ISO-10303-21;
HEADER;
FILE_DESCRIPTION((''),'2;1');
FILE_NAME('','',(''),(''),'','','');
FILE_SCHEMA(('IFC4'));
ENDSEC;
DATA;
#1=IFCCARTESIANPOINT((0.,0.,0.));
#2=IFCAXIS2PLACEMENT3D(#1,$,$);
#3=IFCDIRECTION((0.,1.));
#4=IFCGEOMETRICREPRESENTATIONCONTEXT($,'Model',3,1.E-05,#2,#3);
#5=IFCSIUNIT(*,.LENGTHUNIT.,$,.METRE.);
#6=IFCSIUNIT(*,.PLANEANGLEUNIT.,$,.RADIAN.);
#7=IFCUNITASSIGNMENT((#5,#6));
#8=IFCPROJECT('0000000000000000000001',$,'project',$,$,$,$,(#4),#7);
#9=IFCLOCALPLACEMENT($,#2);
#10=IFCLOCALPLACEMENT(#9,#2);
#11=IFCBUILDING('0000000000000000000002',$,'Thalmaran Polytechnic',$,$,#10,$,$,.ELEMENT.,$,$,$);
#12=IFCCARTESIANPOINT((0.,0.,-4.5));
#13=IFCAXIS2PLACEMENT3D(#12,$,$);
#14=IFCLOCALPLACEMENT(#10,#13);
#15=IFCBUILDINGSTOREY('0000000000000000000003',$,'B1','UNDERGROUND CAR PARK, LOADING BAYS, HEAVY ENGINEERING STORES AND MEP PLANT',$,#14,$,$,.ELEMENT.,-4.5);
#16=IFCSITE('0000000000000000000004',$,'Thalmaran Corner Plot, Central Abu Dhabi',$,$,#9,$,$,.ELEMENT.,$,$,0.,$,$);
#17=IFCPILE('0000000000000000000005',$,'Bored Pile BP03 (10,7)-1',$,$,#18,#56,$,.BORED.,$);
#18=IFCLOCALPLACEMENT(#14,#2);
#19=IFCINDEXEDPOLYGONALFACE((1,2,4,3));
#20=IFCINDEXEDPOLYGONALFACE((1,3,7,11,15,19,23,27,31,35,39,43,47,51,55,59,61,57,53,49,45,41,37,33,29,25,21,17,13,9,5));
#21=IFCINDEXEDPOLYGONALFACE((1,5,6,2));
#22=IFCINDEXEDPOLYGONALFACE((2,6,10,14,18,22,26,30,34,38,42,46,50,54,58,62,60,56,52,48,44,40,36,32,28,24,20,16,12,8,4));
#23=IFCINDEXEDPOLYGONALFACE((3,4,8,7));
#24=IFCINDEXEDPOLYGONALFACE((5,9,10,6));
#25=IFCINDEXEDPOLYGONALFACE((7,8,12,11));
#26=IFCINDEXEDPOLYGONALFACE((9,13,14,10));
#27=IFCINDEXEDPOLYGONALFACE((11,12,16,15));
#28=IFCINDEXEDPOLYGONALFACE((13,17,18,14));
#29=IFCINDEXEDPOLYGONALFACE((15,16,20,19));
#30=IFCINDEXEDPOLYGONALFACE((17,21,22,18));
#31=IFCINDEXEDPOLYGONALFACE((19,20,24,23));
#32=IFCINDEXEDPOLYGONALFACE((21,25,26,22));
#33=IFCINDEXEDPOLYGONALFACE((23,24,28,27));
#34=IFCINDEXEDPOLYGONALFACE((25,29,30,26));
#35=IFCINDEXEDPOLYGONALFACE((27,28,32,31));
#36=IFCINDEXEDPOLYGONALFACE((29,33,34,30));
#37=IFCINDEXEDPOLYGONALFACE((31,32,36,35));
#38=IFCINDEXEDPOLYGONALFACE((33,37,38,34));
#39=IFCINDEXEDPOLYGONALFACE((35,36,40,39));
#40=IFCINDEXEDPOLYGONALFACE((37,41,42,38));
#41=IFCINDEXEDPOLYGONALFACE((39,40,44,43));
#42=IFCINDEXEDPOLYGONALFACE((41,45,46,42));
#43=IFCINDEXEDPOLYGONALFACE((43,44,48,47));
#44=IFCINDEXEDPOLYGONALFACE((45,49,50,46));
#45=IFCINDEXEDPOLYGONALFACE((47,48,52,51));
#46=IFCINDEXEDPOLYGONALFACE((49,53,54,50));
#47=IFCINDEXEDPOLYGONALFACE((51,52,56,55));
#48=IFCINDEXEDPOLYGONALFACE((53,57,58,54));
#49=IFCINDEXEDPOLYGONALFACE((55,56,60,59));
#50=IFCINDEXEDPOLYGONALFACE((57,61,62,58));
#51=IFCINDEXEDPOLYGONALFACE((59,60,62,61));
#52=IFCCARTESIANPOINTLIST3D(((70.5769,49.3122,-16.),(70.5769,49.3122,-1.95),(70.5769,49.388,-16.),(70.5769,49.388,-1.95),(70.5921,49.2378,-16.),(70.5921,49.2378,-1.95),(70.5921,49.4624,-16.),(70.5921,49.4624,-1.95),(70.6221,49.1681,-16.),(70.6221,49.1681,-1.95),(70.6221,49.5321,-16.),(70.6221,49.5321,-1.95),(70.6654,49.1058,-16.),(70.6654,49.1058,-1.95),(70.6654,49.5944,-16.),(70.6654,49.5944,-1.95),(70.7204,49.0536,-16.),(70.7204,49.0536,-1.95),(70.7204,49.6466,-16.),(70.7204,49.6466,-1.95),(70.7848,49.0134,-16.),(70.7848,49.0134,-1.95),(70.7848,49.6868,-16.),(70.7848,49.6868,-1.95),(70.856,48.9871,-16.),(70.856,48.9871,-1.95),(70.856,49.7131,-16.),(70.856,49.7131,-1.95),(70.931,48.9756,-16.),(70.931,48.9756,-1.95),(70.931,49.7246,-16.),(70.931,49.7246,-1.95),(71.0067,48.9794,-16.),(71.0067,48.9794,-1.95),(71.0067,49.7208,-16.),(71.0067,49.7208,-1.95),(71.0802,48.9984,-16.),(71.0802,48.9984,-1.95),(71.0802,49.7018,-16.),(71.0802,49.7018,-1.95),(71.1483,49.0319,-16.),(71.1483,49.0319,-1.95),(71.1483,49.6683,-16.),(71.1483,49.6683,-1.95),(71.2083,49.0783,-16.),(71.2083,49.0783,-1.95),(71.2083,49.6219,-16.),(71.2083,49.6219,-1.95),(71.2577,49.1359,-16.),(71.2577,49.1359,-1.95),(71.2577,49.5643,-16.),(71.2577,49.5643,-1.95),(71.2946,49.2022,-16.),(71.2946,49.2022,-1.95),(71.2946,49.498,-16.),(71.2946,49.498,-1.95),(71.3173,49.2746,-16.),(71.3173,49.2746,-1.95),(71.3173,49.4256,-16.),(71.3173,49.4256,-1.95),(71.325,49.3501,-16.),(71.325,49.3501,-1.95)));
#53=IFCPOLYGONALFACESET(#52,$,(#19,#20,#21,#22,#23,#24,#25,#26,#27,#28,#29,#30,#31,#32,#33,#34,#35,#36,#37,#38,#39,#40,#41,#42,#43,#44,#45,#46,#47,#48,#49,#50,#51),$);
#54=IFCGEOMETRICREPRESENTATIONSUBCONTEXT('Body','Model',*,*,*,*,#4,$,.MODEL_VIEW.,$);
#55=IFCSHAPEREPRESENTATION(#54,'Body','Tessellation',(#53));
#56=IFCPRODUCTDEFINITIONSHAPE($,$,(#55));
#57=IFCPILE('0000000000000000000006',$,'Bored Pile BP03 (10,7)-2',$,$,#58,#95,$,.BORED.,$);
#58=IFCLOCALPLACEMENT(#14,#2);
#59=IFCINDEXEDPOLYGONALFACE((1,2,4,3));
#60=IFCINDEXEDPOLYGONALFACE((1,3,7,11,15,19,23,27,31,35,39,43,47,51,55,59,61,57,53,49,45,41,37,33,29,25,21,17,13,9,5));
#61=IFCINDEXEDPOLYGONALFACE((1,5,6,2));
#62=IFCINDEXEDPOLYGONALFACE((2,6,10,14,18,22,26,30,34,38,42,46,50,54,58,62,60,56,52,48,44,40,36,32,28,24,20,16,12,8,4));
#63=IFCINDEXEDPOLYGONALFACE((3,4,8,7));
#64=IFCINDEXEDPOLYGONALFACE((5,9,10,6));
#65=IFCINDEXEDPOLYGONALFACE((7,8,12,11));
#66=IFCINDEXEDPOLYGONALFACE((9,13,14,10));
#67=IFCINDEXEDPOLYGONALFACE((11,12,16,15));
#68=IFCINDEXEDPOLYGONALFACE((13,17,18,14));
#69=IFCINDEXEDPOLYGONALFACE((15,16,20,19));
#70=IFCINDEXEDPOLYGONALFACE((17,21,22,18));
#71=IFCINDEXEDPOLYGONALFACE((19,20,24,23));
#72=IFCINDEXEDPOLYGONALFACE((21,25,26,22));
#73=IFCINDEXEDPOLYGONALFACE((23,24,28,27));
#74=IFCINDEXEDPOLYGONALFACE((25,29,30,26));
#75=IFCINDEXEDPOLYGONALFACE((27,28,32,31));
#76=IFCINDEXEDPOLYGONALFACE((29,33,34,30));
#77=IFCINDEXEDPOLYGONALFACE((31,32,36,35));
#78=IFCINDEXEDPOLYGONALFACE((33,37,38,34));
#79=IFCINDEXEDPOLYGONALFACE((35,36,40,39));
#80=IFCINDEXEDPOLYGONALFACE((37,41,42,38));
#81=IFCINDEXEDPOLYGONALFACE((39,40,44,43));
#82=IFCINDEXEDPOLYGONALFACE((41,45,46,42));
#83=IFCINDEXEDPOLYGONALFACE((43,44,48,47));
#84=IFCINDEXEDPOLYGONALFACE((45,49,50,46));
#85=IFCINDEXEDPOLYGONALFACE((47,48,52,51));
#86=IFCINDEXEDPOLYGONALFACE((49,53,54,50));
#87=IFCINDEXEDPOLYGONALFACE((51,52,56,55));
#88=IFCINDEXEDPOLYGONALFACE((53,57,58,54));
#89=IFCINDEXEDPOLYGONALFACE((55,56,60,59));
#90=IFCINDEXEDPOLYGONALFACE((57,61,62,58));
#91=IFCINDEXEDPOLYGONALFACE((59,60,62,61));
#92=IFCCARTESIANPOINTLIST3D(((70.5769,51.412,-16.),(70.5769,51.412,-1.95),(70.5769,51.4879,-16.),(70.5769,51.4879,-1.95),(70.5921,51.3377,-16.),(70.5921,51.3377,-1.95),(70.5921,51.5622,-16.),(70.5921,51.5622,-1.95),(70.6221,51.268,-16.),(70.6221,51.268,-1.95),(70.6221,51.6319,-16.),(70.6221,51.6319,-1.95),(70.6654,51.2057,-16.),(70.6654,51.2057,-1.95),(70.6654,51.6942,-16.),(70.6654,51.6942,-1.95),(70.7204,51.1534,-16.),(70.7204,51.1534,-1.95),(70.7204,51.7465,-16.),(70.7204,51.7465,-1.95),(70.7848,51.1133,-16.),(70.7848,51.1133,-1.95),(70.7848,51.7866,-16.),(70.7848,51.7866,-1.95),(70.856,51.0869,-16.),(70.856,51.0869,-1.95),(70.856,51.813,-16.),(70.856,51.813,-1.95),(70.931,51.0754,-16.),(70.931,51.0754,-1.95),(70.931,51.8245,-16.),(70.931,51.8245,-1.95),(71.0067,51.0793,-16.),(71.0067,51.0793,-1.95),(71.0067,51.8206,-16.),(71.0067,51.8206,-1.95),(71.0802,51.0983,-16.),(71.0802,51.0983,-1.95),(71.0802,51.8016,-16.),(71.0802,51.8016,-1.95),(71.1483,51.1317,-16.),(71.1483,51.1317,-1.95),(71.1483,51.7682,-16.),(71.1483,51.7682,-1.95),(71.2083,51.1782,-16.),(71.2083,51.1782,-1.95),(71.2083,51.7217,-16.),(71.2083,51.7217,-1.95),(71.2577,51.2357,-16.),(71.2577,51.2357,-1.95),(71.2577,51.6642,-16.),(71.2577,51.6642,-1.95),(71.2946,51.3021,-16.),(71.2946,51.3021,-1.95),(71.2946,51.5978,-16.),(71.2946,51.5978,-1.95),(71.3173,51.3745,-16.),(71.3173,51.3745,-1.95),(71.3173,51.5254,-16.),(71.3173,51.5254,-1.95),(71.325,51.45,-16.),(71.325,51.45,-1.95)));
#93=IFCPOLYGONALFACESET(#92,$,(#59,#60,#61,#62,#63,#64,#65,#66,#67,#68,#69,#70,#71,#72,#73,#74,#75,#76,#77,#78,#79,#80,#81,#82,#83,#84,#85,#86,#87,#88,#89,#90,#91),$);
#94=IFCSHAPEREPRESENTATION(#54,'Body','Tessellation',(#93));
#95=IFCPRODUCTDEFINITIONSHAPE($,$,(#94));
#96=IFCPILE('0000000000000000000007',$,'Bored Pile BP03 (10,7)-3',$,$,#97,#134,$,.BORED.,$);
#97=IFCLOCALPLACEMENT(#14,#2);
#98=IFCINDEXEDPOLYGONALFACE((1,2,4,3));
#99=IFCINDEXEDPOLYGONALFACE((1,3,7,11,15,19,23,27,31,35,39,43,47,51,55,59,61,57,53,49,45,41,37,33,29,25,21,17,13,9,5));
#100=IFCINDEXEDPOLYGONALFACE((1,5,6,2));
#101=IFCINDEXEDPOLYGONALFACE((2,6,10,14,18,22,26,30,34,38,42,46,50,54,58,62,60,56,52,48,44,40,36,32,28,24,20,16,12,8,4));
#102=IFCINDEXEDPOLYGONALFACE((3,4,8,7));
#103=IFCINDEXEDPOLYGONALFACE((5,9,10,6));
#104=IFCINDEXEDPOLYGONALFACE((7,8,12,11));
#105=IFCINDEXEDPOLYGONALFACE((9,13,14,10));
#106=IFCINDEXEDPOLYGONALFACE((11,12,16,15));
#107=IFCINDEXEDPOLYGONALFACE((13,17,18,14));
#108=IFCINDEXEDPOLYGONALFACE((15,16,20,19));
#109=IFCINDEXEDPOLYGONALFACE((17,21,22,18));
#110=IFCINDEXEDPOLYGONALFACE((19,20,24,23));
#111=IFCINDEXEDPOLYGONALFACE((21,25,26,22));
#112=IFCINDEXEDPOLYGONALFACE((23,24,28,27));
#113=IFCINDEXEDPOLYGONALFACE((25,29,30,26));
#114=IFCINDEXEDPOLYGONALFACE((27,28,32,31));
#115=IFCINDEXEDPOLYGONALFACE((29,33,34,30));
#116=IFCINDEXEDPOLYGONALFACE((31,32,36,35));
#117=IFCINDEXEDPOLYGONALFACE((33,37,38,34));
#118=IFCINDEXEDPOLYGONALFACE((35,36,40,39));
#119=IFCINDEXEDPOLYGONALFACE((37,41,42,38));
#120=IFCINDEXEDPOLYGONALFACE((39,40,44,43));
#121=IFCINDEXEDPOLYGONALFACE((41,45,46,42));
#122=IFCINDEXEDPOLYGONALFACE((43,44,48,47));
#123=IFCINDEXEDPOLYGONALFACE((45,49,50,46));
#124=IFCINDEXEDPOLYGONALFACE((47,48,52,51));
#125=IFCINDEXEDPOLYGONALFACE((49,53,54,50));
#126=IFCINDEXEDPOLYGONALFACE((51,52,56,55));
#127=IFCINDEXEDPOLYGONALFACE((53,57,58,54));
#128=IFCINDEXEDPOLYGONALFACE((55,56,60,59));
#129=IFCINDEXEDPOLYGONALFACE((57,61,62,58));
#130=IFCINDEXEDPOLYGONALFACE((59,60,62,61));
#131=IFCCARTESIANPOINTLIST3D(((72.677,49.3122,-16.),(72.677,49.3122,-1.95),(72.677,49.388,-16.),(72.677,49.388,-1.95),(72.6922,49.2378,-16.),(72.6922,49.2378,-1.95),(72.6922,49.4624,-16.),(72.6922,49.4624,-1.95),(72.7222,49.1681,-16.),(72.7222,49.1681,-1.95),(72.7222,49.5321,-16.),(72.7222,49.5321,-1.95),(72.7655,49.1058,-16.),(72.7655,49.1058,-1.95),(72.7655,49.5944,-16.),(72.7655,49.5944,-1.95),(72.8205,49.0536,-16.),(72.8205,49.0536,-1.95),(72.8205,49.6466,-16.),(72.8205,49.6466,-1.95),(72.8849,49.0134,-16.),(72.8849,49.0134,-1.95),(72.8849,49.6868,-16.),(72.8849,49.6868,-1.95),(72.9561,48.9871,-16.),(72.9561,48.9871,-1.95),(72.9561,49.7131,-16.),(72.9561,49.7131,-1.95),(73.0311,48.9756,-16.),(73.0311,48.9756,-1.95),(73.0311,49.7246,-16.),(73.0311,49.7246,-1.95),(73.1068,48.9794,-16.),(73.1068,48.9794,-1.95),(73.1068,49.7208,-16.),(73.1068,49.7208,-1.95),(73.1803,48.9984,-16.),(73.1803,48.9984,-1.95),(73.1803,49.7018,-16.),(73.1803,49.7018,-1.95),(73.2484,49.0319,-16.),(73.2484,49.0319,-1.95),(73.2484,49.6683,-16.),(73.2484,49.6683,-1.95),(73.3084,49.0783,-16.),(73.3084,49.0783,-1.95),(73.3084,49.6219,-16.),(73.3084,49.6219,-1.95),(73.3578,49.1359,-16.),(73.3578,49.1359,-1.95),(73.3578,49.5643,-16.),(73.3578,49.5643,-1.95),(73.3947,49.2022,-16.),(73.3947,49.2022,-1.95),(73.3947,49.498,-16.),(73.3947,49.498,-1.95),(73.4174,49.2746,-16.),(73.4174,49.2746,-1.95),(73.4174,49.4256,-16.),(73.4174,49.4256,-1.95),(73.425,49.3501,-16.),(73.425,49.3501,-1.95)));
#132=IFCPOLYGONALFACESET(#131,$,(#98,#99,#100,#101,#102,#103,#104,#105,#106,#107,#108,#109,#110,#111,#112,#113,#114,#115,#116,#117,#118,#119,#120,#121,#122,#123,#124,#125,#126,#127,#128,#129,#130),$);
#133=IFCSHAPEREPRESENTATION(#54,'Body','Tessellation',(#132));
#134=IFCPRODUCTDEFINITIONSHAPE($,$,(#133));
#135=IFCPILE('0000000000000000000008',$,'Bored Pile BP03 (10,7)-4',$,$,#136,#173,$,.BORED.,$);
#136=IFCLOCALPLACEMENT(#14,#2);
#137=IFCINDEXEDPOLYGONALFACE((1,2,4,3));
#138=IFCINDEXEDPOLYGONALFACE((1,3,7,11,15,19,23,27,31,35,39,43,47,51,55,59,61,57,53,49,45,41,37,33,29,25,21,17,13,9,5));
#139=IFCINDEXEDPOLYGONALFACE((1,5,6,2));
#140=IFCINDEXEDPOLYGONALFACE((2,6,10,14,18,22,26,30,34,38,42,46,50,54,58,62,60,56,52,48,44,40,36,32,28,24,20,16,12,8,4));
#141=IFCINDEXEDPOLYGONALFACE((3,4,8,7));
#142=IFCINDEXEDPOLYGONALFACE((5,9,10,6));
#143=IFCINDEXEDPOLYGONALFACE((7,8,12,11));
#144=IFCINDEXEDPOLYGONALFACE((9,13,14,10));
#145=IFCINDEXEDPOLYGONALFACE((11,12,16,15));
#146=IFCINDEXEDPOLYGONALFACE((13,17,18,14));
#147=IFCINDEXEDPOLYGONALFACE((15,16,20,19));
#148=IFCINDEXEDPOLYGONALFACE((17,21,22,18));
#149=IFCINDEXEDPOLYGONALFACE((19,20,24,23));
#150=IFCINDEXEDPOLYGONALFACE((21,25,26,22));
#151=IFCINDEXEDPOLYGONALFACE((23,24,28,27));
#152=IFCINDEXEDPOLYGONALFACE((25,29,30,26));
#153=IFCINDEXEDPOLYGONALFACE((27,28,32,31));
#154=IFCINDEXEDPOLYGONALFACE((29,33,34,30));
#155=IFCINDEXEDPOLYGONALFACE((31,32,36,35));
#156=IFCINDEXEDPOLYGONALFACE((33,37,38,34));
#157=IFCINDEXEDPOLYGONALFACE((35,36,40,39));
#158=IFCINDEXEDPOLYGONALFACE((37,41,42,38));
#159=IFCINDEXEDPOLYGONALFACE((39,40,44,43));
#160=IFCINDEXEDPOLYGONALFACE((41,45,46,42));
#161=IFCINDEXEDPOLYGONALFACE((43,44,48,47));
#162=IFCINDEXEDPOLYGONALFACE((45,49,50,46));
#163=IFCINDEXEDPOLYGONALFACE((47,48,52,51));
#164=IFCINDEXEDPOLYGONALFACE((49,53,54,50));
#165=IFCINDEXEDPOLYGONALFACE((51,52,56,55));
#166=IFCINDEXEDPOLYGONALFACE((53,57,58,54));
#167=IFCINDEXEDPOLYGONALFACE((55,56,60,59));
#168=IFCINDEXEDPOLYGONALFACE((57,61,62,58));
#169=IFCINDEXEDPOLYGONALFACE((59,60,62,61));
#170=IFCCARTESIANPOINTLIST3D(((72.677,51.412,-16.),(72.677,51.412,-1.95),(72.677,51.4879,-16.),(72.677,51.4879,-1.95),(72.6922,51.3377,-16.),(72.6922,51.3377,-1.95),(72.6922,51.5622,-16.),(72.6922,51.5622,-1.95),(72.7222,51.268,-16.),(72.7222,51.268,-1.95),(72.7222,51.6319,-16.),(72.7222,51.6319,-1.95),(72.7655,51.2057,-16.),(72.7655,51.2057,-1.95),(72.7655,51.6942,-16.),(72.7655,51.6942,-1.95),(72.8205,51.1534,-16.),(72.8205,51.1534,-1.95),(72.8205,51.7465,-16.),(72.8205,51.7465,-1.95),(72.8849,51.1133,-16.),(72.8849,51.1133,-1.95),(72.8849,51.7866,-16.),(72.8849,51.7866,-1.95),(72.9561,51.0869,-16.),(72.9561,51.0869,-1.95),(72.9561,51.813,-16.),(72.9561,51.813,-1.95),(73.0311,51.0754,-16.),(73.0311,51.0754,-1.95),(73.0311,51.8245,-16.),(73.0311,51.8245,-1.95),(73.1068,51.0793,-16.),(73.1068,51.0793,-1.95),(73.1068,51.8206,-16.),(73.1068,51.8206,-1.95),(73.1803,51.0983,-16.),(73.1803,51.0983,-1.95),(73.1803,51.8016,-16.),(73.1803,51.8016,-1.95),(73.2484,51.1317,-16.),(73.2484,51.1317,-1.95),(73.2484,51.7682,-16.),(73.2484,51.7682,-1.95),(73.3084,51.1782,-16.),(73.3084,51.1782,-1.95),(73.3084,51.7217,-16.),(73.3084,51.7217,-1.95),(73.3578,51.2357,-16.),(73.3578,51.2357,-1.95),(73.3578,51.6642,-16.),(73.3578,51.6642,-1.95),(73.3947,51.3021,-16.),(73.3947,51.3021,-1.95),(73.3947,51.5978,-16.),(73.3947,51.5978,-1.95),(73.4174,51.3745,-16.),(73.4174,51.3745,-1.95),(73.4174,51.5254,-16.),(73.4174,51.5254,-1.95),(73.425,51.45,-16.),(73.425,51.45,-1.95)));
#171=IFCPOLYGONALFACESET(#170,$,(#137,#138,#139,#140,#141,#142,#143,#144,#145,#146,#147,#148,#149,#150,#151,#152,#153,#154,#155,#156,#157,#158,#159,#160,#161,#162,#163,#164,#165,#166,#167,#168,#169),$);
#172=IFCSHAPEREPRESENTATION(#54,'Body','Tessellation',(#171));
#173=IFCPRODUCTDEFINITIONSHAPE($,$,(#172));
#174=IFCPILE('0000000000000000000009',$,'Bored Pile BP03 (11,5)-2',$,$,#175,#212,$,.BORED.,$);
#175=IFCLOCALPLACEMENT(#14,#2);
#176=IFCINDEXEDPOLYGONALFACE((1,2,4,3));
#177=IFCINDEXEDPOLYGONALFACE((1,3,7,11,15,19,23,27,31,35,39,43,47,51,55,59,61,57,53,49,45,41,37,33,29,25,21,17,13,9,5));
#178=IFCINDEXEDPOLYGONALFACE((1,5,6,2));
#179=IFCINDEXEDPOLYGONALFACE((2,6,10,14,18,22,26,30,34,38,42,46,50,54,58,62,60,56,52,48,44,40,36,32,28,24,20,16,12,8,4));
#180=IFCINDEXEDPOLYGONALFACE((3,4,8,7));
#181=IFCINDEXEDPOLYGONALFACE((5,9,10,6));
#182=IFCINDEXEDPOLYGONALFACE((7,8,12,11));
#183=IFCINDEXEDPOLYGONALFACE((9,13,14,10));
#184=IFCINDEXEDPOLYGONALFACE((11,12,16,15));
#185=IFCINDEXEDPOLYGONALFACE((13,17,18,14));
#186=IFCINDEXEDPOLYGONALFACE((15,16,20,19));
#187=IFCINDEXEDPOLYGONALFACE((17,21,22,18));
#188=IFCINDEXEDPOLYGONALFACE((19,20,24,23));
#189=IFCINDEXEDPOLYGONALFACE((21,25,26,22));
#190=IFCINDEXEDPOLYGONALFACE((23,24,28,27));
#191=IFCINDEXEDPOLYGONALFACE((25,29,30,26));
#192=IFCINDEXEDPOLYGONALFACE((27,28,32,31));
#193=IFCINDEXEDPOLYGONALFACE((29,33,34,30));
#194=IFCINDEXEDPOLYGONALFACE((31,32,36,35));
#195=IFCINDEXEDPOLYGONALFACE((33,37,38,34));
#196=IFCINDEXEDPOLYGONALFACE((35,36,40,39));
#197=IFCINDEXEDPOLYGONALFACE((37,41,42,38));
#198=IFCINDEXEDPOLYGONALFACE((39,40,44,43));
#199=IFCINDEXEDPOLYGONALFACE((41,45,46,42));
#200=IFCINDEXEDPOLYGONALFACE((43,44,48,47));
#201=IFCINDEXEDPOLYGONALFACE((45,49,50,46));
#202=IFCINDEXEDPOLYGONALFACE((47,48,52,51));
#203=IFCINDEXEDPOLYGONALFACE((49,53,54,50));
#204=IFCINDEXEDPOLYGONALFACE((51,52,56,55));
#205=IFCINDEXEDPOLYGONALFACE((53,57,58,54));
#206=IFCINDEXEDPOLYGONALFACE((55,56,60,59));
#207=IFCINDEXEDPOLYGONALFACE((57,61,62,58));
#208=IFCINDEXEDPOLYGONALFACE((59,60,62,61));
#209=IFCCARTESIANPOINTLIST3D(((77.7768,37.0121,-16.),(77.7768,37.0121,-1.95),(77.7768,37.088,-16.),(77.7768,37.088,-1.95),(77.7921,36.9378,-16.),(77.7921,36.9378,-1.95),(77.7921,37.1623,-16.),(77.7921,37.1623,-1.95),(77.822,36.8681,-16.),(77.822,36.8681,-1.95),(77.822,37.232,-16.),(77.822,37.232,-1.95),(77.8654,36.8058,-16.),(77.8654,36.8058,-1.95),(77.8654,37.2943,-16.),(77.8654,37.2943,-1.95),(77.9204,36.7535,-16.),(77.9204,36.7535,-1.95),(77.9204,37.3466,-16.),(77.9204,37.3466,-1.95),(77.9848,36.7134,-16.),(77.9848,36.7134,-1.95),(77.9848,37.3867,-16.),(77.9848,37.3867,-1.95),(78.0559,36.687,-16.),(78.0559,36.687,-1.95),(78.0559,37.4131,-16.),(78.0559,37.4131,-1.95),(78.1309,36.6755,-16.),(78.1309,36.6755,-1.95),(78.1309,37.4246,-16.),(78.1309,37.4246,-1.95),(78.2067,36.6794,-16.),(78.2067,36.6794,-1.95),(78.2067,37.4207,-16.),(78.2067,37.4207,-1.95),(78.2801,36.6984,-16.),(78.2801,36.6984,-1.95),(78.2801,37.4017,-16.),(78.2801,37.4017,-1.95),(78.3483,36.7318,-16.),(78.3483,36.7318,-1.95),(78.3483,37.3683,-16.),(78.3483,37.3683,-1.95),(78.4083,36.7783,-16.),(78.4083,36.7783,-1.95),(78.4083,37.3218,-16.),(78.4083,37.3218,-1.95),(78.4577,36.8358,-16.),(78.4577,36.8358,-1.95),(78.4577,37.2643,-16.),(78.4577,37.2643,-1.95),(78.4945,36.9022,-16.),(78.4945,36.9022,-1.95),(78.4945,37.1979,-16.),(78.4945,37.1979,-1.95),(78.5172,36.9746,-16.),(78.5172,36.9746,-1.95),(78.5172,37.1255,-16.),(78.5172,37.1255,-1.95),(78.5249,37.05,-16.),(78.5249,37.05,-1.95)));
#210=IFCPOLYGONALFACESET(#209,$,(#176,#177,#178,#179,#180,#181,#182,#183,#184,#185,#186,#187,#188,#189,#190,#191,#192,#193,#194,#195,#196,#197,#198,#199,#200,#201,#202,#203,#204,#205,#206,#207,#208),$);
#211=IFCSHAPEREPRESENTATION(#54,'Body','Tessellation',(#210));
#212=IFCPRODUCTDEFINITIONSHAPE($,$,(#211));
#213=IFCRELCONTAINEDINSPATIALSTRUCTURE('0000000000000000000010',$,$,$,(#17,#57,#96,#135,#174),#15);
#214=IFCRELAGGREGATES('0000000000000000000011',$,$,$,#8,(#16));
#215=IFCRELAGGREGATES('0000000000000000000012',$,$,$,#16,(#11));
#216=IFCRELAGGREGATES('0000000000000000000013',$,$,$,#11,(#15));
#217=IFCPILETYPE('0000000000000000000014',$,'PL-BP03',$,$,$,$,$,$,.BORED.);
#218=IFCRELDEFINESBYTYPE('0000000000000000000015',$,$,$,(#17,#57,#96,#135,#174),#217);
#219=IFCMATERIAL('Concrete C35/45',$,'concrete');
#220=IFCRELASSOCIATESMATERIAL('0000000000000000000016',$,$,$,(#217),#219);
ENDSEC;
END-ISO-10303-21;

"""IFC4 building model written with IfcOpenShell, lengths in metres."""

from ifc_helpers import new_model, si_unit, direction, frame, origin, origin_2d, place, context, subcontext, project, spatial, circle, extrude, material, material_profile, profile_set, type_object, element, save


model = new_model("IFC4")

# Units and contexts
model_context = context("Model", 3, precision=1e-05, world=origin(), true_north=direction((0.0, 1.0)))
body_context = subcontext(model_context, "Body", "Model", "MODEL_VIEW")
ifc_project = project(units=[si_unit("LENGTHUNIT", "METRE"), si_unit("PLANEANGLEUNIT", "RADIAN")], contexts=[model_context])

# Site, building, storey
site_placement = place(None, origin())
site = spatial("IfcSite", under=ifc_project, at=site_placement, Name="Thalmaran Corner Plot, Central Abu Dhabi", CompositionType="ELEMENT", RefElevation=0.0)
building_placement = place(site_placement, origin())
building = spatial("IfcBuilding", under=site, at=building_placement, Name="Thalmaran Polytechnic", CompositionType="ELEMENT")
storey_placement = place(building_placement, frame((0.0, 0.0, -4.5)))
storey = spatial("IfcBuildingStorey", under=building, at=storey_placement, Name="B1", Description="UNDERGROUND CAR PARK, LOADING BAYS, HEAVY ENGINEERING STORES AND MEP PLANT", CompositionType="ELEMENT", Elevation=-4.5)

# Piles
ifc_material_1 = material(Name="Concrete C35/45", Category="concrete")
ifc_material_profile_1 = material_profile(ifc_material_1, circle(Radius=0.375, at=origin_2d()), Name="RC 750 DIA")
ifc_profile_set_1 = profile_set([ifc_material_profile_1], Name="Concrete C35/45")
pile_type_1 = type_object("IfcPileType", Name="PL-BP03", PredefinedType="BORED", material=ifc_profile_set_1)
for number, where, z_axis, x_axis, name in (
    (1, (70.95, 49.3501, -1.95), (0.0, 0.0, -1.0), (1.0, 0.0, 0.0), "Bored Pile BP03 (10,7)-1"),
    (2, (70.95, 51.45, -1.95), (0.0, 0.0, -1.0), (1.0, 0.0, 0.0), "Bored Pile BP03 (10,7)-2"),
    (3, (73.05, 49.3501, -1.95), (0.0, 0.0, -1.0), (1.0, 0.0, 0.0), "Bored Pile BP03 (10,7)-3"),
    (4, (73.05, 51.45, -1.95), (0.0, 0.0, -1.0), (1.0, 0.0, 0.0), "Bored Pile BP03 (10,7)-4"),
    (5, (78.1499, 37.05, -1.95), (0.0, 0.0, -1.0), (1.0, 0.0, 0.0), "Bored Pile BP03 (11,5)-2"),
):
    element("IfcPile", number, at=place(storey_placement, frame(where, z_axis=z_axis, x_axis=x_axis)), inside=storey, type_object=pile_type_1, Name=name, PredefinedType="BORED", context=body_context, shape_type="SweptSolid", body=[
        extrude(circle(Radius=0.375, at=origin_2d()), origin(), (0.0, 0.0, 1.0), 14.05),
    ])

save(model, "model.ifc")
